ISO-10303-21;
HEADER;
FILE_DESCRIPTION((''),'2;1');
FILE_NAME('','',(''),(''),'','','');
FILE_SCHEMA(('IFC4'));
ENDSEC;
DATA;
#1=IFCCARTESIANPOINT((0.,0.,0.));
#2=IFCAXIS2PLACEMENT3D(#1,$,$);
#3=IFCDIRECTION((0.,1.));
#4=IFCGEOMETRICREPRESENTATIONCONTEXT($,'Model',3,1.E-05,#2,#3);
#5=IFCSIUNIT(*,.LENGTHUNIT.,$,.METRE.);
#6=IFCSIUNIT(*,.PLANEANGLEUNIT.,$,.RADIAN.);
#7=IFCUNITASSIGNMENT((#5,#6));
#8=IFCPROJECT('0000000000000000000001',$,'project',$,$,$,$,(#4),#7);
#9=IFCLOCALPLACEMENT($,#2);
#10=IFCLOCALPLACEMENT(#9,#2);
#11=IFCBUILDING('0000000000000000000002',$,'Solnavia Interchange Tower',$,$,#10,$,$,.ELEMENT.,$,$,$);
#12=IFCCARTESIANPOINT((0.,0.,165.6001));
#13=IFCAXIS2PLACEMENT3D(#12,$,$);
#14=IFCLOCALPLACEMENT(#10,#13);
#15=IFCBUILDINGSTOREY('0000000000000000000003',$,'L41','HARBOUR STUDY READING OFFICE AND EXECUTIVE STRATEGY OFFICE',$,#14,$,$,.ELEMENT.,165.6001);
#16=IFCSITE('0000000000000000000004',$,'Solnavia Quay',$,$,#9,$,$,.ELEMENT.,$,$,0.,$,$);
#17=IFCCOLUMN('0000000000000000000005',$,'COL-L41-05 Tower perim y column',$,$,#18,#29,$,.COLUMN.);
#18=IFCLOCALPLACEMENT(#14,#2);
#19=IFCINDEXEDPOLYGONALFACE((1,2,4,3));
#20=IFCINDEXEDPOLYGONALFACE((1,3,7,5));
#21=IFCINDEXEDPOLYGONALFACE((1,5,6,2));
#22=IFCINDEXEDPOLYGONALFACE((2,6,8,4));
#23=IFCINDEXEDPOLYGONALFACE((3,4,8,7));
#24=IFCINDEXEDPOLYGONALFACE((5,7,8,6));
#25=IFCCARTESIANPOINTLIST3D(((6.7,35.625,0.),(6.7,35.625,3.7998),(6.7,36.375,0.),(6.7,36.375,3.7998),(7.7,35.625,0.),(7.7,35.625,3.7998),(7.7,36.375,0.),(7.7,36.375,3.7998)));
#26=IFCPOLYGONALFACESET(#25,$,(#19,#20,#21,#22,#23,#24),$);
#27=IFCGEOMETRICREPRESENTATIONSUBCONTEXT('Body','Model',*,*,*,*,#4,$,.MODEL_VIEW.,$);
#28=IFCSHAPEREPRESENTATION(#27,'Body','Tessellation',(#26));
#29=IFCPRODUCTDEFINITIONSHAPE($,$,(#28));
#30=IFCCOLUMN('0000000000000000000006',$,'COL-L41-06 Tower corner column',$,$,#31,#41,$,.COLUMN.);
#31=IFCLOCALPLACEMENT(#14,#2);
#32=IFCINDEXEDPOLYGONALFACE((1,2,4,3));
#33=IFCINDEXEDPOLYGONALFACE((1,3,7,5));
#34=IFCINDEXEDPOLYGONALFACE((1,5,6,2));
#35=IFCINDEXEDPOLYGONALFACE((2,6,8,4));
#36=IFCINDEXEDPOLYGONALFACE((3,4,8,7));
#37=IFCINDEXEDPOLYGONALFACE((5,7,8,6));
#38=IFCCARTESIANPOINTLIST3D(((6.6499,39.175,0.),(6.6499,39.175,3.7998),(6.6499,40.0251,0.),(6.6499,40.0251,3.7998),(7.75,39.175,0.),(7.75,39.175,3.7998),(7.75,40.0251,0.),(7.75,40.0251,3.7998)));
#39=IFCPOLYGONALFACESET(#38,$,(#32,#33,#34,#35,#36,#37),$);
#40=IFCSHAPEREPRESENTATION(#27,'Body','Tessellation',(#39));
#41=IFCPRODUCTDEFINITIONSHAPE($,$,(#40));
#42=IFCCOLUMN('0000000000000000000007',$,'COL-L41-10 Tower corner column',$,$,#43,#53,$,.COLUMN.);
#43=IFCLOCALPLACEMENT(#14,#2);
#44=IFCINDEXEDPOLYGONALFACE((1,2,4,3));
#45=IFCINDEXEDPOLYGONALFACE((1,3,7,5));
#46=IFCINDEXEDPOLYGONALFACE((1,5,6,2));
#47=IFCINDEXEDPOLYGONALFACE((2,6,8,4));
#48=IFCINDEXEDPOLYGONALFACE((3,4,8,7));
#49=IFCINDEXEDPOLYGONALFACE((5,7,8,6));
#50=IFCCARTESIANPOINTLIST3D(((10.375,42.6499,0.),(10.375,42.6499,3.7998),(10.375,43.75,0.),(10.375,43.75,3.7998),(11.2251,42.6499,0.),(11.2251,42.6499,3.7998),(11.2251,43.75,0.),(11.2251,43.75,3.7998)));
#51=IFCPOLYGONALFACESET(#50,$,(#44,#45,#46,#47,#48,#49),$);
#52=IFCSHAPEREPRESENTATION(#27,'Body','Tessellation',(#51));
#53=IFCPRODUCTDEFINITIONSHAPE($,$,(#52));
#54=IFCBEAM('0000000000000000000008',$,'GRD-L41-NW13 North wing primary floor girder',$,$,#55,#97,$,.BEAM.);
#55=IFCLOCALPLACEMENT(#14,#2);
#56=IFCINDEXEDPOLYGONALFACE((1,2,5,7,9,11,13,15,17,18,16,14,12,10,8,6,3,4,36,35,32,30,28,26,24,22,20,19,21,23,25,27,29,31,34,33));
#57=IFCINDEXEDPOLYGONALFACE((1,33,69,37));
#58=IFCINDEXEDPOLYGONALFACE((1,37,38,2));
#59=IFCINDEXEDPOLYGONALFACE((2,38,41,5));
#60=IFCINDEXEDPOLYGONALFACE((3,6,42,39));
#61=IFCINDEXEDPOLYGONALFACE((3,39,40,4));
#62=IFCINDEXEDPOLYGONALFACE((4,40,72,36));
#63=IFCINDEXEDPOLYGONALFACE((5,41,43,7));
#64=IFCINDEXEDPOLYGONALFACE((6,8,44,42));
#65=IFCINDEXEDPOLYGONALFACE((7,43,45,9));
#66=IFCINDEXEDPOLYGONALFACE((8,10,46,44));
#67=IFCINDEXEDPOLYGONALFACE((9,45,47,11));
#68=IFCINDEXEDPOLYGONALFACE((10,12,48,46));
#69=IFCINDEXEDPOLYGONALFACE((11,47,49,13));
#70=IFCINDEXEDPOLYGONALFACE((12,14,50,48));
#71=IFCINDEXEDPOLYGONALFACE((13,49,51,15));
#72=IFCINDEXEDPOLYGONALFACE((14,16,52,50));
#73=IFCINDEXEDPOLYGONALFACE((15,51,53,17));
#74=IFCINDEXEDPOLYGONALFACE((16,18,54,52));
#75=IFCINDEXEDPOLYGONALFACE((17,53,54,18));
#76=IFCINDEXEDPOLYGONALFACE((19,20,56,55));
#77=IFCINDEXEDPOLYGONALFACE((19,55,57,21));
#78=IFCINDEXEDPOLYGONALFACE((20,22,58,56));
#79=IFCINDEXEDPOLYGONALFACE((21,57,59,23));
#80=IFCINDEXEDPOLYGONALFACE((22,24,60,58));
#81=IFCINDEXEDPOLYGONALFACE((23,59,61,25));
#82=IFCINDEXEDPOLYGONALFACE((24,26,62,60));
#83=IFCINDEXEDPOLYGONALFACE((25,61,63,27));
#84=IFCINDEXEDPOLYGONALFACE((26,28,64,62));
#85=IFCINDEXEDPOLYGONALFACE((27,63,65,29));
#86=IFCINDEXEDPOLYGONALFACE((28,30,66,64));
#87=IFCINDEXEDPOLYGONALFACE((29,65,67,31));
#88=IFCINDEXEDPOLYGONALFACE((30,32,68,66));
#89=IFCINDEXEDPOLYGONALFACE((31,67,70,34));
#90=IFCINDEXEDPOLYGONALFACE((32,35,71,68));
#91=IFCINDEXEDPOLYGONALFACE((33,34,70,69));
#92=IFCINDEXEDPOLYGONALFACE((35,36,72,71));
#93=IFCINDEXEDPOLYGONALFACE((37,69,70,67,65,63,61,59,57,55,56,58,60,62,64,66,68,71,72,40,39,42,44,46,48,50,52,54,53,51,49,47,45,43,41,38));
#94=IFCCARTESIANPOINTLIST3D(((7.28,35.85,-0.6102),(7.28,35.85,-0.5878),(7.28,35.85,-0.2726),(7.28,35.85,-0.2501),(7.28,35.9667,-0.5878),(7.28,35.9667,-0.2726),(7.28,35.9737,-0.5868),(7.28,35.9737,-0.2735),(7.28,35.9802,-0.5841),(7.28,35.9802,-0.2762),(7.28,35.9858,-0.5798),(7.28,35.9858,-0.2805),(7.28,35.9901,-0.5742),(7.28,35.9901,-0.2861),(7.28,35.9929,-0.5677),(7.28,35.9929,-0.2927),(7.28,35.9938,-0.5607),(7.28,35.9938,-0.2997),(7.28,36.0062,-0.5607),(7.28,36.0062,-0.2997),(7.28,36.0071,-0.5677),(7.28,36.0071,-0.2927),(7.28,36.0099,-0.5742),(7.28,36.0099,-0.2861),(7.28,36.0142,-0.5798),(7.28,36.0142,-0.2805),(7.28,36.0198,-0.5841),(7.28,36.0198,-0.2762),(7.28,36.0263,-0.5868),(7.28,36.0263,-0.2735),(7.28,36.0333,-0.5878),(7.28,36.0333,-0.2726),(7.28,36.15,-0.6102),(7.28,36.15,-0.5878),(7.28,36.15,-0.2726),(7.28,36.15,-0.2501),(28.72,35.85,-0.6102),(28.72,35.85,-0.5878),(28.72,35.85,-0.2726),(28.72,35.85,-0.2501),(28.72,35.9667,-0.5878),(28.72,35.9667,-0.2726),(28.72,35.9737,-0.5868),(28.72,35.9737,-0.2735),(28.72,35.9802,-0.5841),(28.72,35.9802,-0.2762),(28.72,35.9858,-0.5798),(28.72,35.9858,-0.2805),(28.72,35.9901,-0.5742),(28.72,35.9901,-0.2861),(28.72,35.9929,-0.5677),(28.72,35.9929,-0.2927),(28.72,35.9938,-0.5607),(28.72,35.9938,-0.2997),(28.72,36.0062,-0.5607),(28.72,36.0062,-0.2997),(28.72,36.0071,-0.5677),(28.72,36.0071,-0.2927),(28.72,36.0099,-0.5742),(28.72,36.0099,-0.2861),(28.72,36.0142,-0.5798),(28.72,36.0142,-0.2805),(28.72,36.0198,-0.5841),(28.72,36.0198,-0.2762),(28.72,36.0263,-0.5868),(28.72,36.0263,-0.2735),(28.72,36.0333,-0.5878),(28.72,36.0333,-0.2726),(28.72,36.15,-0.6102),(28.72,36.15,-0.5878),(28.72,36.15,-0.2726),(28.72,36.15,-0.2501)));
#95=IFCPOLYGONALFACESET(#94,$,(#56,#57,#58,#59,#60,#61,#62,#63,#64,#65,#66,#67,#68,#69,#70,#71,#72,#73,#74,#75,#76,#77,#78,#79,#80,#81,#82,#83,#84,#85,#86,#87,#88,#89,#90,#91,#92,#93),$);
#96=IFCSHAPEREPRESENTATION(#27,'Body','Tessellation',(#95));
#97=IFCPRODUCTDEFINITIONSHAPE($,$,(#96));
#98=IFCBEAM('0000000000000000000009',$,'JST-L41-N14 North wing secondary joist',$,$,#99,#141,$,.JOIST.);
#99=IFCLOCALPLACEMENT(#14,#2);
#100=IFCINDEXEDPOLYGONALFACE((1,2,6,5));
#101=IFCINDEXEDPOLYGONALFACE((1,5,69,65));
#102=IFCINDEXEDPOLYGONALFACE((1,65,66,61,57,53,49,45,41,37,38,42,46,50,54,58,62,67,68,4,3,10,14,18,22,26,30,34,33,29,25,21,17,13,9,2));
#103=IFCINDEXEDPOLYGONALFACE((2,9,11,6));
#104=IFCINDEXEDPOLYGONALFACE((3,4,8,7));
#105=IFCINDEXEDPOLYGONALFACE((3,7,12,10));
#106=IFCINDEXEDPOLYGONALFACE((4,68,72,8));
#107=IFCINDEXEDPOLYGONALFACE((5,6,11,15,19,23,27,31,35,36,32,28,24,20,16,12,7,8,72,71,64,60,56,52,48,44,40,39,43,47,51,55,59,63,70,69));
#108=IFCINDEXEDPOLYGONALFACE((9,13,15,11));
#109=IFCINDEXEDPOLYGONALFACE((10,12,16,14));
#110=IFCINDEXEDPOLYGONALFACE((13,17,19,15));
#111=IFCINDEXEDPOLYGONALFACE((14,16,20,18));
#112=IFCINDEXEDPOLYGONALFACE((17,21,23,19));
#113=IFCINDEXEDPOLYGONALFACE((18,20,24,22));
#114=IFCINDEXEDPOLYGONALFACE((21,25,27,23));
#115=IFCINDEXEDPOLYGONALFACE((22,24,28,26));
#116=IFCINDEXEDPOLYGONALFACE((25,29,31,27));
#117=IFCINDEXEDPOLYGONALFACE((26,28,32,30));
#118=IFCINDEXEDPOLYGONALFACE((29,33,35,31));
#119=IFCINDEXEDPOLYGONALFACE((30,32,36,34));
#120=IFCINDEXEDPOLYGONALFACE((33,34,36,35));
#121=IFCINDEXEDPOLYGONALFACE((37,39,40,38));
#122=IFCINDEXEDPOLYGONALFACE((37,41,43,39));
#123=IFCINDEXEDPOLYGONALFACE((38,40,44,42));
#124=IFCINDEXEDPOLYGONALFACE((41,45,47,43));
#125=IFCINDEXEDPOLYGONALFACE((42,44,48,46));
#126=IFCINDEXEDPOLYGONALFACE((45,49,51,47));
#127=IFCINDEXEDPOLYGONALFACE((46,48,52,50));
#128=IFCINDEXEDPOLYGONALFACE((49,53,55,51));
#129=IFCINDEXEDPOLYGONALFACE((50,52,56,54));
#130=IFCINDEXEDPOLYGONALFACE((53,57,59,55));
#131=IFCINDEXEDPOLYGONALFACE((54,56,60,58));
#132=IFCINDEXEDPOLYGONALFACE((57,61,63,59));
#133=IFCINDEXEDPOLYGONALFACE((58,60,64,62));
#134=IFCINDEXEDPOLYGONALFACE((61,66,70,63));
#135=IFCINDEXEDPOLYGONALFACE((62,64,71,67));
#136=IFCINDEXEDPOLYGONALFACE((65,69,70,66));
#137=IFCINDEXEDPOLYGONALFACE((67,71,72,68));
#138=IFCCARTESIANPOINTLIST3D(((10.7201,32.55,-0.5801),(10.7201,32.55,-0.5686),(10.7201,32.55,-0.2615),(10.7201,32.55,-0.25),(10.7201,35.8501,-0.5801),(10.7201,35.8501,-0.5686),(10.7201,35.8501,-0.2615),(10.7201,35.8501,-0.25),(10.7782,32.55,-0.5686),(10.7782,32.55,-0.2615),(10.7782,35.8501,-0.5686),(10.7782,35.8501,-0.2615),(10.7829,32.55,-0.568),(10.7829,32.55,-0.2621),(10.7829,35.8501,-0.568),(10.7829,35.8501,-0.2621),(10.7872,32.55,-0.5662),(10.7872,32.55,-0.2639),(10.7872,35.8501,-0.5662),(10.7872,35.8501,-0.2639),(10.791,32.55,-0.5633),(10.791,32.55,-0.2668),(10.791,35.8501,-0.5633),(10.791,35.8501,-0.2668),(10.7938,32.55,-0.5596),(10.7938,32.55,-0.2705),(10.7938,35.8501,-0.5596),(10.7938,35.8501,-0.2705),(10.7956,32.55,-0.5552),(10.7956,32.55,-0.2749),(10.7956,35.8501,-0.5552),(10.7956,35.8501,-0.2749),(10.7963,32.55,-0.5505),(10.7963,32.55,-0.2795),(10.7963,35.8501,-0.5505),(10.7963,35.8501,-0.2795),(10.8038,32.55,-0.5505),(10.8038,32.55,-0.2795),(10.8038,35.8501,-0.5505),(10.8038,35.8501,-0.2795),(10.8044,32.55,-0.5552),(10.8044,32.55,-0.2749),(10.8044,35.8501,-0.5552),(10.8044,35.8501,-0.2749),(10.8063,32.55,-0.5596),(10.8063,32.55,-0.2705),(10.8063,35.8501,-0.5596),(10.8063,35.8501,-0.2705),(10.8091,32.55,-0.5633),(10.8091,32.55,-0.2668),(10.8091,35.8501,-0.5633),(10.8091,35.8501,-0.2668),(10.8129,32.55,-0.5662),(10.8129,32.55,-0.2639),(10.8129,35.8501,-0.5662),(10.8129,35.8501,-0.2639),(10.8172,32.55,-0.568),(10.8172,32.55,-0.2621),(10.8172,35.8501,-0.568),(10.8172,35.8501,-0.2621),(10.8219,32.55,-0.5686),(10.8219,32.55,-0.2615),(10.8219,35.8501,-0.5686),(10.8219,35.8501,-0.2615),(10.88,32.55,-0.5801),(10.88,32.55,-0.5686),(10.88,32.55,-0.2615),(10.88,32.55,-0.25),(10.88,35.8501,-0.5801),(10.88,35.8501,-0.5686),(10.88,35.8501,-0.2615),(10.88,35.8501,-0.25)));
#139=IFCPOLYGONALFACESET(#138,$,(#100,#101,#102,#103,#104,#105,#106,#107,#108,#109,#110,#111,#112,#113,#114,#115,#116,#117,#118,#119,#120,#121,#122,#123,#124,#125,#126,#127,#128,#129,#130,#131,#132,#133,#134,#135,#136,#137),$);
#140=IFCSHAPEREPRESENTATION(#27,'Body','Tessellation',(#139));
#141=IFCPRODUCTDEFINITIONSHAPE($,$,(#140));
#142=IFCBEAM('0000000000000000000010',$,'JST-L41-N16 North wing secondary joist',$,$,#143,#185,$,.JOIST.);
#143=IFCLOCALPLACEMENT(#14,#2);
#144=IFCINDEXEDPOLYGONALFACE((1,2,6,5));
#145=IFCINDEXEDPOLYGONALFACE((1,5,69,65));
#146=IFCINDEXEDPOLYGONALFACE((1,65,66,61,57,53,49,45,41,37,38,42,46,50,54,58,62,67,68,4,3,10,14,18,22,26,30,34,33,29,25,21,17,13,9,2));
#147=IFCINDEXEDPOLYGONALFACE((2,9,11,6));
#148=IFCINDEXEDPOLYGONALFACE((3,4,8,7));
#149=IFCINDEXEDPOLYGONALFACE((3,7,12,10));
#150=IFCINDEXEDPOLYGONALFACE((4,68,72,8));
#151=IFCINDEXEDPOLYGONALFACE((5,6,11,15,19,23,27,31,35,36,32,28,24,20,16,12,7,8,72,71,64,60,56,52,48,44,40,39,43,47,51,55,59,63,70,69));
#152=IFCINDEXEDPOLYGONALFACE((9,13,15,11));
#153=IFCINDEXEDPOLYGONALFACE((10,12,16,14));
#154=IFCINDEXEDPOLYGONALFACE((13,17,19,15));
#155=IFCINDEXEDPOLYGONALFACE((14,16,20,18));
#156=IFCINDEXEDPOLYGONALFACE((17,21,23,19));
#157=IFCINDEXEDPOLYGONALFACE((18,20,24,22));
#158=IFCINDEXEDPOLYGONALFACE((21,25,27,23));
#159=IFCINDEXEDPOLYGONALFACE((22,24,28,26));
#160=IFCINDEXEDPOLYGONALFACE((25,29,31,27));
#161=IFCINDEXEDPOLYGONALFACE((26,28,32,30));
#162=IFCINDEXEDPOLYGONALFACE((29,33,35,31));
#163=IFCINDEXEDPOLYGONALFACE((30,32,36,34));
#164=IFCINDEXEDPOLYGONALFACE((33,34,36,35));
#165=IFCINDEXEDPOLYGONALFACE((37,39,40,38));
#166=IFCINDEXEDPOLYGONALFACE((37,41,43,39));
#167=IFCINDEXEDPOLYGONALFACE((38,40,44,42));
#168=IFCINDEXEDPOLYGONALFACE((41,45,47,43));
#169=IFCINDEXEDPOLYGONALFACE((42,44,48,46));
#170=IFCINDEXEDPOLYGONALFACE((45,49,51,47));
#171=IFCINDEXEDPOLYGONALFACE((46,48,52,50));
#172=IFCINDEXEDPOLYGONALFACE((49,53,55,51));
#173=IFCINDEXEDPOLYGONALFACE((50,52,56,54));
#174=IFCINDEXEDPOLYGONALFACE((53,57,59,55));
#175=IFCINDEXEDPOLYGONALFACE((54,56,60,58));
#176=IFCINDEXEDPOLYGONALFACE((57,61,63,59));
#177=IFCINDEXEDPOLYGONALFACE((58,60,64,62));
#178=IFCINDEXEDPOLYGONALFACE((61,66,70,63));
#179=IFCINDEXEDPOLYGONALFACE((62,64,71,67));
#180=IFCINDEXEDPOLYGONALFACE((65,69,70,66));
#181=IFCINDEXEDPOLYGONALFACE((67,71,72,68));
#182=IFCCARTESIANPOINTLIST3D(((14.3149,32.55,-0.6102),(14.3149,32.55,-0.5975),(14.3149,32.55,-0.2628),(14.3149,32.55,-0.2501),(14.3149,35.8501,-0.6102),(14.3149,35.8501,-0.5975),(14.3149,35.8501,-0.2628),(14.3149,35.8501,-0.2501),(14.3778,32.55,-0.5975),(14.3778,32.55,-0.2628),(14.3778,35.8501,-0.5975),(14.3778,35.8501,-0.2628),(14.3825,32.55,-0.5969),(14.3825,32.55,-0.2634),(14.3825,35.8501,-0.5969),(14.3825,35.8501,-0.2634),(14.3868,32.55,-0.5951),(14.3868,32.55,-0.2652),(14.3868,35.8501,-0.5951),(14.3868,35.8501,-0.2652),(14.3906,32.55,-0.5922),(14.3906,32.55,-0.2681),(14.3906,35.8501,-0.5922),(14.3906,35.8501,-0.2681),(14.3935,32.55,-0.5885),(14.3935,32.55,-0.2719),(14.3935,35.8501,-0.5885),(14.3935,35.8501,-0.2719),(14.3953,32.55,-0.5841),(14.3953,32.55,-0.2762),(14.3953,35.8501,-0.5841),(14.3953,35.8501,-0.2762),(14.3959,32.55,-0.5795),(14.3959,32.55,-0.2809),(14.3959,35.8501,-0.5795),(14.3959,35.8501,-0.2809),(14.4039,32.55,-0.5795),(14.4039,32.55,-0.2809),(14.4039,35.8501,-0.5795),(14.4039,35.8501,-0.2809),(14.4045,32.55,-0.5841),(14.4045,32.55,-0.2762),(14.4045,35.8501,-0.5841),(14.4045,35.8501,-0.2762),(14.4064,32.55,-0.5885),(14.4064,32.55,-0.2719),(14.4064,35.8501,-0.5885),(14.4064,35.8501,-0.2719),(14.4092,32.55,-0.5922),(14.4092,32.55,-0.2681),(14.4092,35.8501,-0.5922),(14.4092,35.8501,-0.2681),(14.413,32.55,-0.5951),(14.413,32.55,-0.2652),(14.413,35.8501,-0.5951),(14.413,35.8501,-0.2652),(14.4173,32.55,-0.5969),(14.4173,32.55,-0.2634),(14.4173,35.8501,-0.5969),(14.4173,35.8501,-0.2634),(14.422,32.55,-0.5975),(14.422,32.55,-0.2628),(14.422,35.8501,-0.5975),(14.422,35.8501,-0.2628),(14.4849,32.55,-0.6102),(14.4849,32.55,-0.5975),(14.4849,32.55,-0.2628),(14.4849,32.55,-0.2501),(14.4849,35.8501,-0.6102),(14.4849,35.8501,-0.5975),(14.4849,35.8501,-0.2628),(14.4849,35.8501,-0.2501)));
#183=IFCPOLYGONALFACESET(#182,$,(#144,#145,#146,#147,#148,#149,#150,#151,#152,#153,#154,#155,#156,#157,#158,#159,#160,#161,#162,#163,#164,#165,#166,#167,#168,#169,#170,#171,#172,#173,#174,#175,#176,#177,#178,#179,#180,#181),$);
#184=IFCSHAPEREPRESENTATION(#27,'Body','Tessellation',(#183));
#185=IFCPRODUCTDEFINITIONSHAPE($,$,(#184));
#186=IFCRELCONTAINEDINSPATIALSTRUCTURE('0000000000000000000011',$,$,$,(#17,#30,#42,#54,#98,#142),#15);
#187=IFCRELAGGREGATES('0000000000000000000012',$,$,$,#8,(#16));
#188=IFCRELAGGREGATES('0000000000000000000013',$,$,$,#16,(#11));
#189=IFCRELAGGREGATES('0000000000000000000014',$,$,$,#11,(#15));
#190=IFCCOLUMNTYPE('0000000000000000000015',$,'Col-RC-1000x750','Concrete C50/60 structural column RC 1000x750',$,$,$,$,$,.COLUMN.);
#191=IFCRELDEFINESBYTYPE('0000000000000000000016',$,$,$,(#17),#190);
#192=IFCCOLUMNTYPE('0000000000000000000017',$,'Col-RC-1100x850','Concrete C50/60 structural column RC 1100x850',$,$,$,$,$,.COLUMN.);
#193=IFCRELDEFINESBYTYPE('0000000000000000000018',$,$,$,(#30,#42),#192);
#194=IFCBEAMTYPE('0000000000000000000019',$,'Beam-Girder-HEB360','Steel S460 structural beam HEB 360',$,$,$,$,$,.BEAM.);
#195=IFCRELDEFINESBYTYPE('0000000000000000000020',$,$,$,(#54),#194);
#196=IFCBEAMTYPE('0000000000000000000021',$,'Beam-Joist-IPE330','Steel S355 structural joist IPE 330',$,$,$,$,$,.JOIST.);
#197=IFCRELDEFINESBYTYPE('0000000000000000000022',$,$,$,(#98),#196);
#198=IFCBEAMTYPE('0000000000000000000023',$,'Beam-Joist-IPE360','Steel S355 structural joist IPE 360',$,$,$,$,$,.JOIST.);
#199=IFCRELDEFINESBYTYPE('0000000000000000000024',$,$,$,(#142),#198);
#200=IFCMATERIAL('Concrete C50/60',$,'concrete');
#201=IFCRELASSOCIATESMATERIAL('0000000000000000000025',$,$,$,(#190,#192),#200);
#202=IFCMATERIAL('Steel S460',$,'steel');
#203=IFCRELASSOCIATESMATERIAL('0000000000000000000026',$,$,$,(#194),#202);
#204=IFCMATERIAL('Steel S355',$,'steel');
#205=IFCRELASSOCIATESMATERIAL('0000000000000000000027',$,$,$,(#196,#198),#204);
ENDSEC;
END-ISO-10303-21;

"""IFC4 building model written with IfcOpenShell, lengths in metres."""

from ifc_helpers import new_model, si_unit, direction, frame, origin, origin_2d, place, context, subcontext, project, spatial, rectangle, i_section, extrude, material, material_profile, profile_set, type_object, element, save


model = new_model("IFC4")

# Units and contexts
model_context = context("Model", 3, precision=1e-05, world=origin(), true_north=direction((0.0, 1.0)))
body_context = subcontext(model_context, "Body", "Model", "MODEL_VIEW")
ifc_project = project(units=[si_unit("LENGTHUNIT", "METRE"), si_unit("PLANEANGLEUNIT", "RADIAN")], contexts=[model_context])

# Site, building, storey
site_placement = place(None, origin())
site = spatial("IfcSite", under=ifc_project, at=site_placement, Name="Solnavia Quay", CompositionType="ELEMENT", RefElevation=0.0)
building_placement = place(site_placement, origin())
building = spatial("IfcBuilding", under=site, at=building_placement, Name="Solnavia Interchange Tower", CompositionType="ELEMENT")
storey_placement = place(building_placement, frame((0.0, 0.0, 165.6001)))
storey = spatial("IfcBuildingStorey", under=building, at=storey_placement, Name="L41", Description="HARBOUR STUDY READING OFFICE AND EXECUTIVE STRATEGY OFFICE", CompositionType="ELEMENT", Elevation=165.6001)

# Columns
ifc_material_1 = material(Name="Concrete C50/60", Category="concrete")
ifc_material_profile_1 = material_profile(ifc_material_1, rectangle(XDim=0.75, YDim=1.0, at=origin_2d()), Name="RC 1000x750")
ifc_profile_set_1 = profile_set([ifc_material_profile_1], Name="Concrete C50/60")
column_type_1 = type_object("IfcColumnType", Name="Col-RC-1000x750", Description="Concrete C50/60 structural column RC 1000x750", PredefinedType="COLUMN", material=ifc_profile_set_1)
column_placement = place(storey_placement, frame((7.2, 36.0, 0.0), z_axis=(0.0, 0.0, 1.0), x_axis=(0.0, 1.0, 0.0)))
element("IfcColumn", 1, at=column_placement, inside=storey, type_object=column_type_1, Name="COL-L41-05 Tower perim y column", PredefinedType="COLUMN", context=body_context, shape_type="SweptSolid", body=[
    extrude(rectangle(XDim=0.75, YDim=1.0, at=origin_2d()), origin(), (0.0, 0.0, 1.0), 3.7998),
])
ifc_material_profile_2 = material_profile(ifc_material_1, rectangle(XDim=0.8501, YDim=1.1001, at=origin_2d()), Name="RC 1100x850")
ifc_profile_set_2 = profile_set([ifc_material_profile_2], Name="Concrete C50/60")
column_type_2 = type_object("IfcColumnType", Name="Col-RC-1100x850", Description="Concrete C50/60 structural column RC 1100x850", PredefinedType="COLUMN", material=ifc_profile_set_2)
for number, where, z_axis, x_axis, name in (
    (2, (7.2, 39.6001, 0.0), (0.0, 0.0, 1.0), (0.0, 1.0, 0.0), "COL-L41-06 Tower corner column"),
    (3, (10.8, 43.2, 0.0), (0.0, 0.0, 1.0), (1.0, 0.0, 0.0), "COL-L41-10 Tower corner column"),
):
    element("IfcColumn", number, at=place(storey_placement, frame(where, z_axis=z_axis, x_axis=x_axis)), inside=storey, type_object=column_type_2, Name=name, PredefinedType="COLUMN", context=body_context, shape_type="SweptSolid", body=[
        extrude(rectangle(XDim=0.8501, YDim=1.1001, at=origin_2d()), origin(), (0.0, 0.0, 1.0), 3.7998),
    ])

# Beams
ifc_material_2 = material(Name="Steel S460", Category="steel")
ifc_material_profile_3 = material_profile(ifc_material_2, i_section(OverallWidth=0.3, OverallDepth=0.3601, WebThickness=0.0125, FlangeThickness=0.0225, FilletRadius=0.0271, at=origin_2d()), Name="HEB 360")
ifc_profile_set_3 = profile_set([ifc_material_profile_3], Name="Steel S460")
beam_type_1 = type_object("IfcBeamType", Name="Beam-Girder-HEB360", Description="Steel S460 structural beam HEB 360", PredefinedType="BEAM", material=ifc_profile_set_3)
beam_1_placement = place(storey_placement, frame((7.28, 36.0, -0.4302), z_axis=(1.0, 0.0, 0.0), x_axis=(0.0, 1.0, 0.0)))
element("IfcBeam", 4, at=beam_1_placement, inside=storey, type_object=beam_type_1, Name="GRD-L41-NW13 North wing primary floor girder", PredefinedType="BEAM", context=body_context, shape_type="SweptSolid", body=[
    extrude(i_section(OverallWidth=0.3, OverallDepth=0.3601, WebThickness=0.0125, FlangeThickness=0.0225, FilletRadius=0.0271, at=origin_2d()), origin(), (0.0, 0.0, 1.0), 21.4399),
])
ifc_material_3 = material(Name="Steel S355", Category="steel")
ifc_material_profile_4 = material_profile(ifc_material_3, i_section(OverallWidth=0.1599, OverallDepth=0.3301, WebThickness=0.0076, FlangeThickness=0.0115, FilletRadius=0.0181, at=origin_2d()), Name="IPE 330")
ifc_profile_set_4 = profile_set([ifc_material_profile_4], Name="Steel S355")
beam_type_2 = type_object("IfcBeamType", Name="Beam-Joist-IPE330", Description="Steel S355 structural joist IPE 330", PredefinedType="JOIST", material=ifc_profile_set_4)
beam_2_placement = place(storey_placement, frame((10.8, 32.55, -0.415), z_axis=(0.0, 1.0, 0.0), x_axis=(-1.0, 0.0, 0.0)))
element("IfcBeam", 5, at=beam_2_placement, inside=storey, type_object=beam_type_2, Name="JST-L41-N14 North wing secondary joist", PredefinedType="JOIST", context=body_context, shape_type="SweptSolid", body=[
    extrude(i_section(OverallWidth=0.1599, OverallDepth=0.3301, WebThickness=0.0076, FlangeThickness=0.0115, FilletRadius=0.0181, at=origin_2d()), origin(), (0.0, 0.0, 1.0), 3.3),
])
ifc_material_profile_5 = material_profile(ifc_material_3, i_section(OverallWidth=0.1699, OverallDepth=0.3601, WebThickness=0.0081, FlangeThickness=0.0127, FilletRadius=0.0181, at=origin_2d()), Name="IPE 360")
ifc_profile_set_5 = profile_set([ifc_material_profile_5], Name="Steel S355")
beam_type_3 = type_object("IfcBeamType", Name="Beam-Joist-IPE360", Description="Steel S355 structural joist IPE 360", PredefinedType="JOIST", material=ifc_profile_set_5)
beam_3_placement = place(storey_placement, frame((14.3999, 32.55, -0.4302), z_axis=(0.0, 1.0, 0.0), x_axis=(-1.0, 0.0, 0.0)))
element("IfcBeam", 6, at=beam_3_placement, inside=storey, type_object=beam_type_3, Name="JST-L41-N16 North wing secondary joist", PredefinedType="JOIST", context=body_context, shape_type="SweptSolid", body=[
    extrude(i_section(OverallWidth=0.1699, OverallDepth=0.3601, WebThickness=0.0081, FlangeThickness=0.0127, FilletRadius=0.0181, at=origin_2d()), origin(), (0.0, 0.0, 1.0), 3.3),
])

save(model, "model.ifc")
